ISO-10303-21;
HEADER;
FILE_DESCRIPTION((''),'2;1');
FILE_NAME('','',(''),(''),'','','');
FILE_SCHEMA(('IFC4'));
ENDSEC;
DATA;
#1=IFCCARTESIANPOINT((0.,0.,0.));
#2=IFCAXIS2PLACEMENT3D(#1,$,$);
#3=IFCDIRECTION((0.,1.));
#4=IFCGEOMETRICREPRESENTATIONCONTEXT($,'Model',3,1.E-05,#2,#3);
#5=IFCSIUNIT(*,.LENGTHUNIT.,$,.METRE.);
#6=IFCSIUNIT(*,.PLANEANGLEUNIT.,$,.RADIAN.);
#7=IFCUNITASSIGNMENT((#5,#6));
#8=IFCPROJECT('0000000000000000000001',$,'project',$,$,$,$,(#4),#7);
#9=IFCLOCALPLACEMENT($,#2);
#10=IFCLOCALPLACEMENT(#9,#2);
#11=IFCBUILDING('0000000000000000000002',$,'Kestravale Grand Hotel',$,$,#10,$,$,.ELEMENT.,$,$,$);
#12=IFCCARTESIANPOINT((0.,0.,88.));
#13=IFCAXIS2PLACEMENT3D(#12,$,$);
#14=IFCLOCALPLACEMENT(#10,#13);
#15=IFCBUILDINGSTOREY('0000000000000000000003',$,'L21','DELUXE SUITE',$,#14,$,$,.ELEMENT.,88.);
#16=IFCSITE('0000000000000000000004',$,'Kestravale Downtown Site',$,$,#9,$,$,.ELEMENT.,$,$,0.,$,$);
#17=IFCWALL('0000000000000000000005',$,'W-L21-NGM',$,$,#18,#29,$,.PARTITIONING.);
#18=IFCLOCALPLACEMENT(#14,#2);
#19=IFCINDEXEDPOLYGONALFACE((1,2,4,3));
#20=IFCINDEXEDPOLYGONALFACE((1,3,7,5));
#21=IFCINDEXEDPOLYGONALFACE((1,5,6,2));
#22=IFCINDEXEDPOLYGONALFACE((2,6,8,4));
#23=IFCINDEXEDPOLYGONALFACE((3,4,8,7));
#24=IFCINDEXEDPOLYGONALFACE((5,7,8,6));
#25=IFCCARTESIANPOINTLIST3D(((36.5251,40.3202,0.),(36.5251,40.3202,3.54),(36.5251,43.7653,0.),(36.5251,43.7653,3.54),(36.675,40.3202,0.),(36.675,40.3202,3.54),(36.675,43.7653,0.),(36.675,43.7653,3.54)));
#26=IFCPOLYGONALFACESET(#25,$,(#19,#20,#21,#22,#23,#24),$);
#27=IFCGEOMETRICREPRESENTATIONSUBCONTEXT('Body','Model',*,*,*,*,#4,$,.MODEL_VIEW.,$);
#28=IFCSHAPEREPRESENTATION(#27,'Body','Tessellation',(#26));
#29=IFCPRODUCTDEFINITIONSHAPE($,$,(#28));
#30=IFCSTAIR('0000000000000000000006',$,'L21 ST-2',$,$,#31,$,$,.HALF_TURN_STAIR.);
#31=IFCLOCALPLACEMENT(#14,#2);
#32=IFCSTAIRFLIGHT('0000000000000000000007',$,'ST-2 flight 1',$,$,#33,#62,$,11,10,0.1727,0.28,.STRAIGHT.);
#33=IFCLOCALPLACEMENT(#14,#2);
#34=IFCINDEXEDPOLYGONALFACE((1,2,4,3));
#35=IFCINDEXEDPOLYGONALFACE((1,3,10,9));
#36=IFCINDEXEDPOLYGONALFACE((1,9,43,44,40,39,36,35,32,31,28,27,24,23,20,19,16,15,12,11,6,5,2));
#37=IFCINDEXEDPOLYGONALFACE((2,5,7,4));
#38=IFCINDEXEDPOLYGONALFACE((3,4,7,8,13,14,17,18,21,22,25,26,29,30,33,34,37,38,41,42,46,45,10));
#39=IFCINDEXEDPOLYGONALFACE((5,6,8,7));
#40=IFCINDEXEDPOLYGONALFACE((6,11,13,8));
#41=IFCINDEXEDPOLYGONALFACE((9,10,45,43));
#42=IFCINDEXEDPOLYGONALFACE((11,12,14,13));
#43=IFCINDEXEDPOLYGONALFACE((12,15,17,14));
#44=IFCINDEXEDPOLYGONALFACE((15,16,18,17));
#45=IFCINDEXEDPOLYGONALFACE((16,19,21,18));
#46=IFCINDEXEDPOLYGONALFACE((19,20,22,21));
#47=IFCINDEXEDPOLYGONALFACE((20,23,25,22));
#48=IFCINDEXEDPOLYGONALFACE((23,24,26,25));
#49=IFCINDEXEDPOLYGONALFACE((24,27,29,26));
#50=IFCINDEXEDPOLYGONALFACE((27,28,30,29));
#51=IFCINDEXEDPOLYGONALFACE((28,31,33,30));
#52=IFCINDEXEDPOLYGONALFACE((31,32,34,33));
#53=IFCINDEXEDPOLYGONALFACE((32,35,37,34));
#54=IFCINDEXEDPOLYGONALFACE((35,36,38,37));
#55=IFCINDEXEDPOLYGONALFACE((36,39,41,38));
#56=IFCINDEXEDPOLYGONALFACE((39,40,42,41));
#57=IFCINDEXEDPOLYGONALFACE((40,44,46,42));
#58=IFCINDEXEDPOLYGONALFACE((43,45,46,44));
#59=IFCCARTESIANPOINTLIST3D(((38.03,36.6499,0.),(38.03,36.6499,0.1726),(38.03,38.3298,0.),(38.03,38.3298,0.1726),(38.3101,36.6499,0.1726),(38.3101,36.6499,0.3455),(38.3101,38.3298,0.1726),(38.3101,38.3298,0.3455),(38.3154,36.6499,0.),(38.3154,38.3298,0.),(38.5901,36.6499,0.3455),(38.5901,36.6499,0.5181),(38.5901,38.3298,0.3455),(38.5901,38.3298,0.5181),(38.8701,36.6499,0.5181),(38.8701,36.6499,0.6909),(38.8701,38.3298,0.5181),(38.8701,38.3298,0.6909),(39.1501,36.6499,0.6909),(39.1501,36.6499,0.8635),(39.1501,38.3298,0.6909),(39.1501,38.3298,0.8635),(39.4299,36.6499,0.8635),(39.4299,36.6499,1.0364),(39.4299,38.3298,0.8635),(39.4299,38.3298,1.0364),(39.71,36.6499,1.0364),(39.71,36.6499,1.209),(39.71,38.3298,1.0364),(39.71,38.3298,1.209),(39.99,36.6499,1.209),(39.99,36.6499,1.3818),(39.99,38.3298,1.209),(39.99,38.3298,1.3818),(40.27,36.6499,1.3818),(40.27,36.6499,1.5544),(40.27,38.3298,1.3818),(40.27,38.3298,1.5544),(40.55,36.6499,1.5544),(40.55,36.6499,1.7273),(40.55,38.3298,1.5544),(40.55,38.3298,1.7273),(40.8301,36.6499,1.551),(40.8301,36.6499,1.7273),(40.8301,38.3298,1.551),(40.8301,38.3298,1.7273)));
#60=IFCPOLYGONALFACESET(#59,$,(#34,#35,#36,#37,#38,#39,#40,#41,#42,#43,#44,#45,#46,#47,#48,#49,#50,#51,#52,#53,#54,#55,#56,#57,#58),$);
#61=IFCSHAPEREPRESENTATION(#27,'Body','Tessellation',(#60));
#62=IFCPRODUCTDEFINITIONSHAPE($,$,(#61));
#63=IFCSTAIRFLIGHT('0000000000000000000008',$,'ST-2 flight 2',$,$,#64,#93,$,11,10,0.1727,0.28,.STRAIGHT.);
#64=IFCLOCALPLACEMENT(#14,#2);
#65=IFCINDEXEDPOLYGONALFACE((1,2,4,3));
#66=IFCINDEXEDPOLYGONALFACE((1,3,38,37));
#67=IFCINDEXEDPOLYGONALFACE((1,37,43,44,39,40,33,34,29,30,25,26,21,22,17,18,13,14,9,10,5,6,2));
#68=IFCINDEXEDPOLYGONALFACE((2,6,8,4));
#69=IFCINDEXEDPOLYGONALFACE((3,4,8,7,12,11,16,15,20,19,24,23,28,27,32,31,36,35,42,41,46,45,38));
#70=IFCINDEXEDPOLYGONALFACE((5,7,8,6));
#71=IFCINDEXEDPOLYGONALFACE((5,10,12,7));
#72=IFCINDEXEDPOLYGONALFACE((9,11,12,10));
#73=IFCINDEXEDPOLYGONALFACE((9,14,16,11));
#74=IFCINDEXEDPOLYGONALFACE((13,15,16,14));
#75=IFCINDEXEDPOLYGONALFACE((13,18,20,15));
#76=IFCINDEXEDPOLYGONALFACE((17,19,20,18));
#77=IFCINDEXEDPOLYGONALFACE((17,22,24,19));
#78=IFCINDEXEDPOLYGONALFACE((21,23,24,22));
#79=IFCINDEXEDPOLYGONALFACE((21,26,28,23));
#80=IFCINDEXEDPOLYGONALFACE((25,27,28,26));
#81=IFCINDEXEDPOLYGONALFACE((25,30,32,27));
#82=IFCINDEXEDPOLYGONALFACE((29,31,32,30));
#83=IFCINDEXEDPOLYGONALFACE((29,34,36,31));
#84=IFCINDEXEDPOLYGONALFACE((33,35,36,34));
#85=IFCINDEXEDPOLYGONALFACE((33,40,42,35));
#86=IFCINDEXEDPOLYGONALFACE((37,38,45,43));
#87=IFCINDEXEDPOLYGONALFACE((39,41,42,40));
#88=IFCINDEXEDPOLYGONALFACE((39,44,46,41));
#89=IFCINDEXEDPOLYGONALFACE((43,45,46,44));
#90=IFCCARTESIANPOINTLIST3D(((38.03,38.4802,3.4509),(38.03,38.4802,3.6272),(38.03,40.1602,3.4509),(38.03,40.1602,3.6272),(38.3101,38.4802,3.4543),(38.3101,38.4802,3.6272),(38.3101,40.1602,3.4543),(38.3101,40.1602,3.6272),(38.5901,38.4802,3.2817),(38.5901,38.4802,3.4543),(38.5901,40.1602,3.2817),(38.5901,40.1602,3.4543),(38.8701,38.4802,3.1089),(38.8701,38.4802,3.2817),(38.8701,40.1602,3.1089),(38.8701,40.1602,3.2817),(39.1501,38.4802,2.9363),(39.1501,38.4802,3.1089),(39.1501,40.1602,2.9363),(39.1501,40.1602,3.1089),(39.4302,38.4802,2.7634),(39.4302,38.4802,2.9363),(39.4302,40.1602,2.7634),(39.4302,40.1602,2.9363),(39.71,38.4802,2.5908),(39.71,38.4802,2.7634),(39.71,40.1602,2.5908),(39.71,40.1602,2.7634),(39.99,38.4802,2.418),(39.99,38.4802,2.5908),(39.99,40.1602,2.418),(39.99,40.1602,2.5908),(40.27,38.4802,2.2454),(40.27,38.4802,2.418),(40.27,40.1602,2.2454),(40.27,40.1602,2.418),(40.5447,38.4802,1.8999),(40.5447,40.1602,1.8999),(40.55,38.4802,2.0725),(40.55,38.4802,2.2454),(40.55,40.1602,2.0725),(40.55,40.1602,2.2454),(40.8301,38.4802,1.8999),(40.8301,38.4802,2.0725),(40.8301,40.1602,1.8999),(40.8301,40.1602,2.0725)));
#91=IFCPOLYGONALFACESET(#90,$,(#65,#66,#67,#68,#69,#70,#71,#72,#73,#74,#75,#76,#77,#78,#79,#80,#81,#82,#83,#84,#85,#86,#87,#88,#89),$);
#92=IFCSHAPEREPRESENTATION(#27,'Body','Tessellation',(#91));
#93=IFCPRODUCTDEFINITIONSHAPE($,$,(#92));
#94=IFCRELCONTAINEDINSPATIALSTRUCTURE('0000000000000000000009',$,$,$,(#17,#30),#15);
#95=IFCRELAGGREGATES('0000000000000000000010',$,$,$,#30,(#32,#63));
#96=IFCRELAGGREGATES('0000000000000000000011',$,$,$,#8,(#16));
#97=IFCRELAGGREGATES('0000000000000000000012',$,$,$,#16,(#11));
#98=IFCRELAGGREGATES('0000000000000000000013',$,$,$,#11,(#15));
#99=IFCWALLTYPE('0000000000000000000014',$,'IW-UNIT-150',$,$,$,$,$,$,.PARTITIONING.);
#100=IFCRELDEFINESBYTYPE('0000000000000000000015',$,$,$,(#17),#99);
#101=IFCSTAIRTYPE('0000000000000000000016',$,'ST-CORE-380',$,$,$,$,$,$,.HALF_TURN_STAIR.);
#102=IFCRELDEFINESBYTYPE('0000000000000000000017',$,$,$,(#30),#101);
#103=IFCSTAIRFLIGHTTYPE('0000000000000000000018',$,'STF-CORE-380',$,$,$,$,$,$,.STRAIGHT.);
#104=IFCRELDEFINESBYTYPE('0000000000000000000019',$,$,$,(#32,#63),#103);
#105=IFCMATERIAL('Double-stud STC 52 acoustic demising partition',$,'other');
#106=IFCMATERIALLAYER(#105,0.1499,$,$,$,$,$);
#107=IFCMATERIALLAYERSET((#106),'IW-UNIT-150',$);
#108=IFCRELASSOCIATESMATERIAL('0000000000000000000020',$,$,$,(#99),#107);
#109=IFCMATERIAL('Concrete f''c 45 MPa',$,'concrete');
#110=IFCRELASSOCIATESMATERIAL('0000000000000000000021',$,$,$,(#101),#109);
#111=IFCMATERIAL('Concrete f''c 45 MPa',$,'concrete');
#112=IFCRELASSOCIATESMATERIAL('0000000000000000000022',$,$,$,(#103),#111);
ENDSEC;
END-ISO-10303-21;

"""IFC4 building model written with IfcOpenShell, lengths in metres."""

from ifc_helpers import new_model, si_unit, direction, frame, frame_2d, origin, place, context, subcontext, project, spatial, polyline, rectangle, outline, extrude, material, layer, layer_set, type_object, element, aggregate, save


model = new_model("IFC4")

# Units and contexts
model_context = context("Model", 3, precision=1e-05, world=origin(), true_north=direction((0.0, 1.0)))
body_context = subcontext(model_context, "Body", "Model", "MODEL_VIEW")
ifc_project = project(units=[si_unit("LENGTHUNIT", "METRE"), si_unit("PLANEANGLEUNIT", "RADIAN")], contexts=[model_context])

# Site, building, storey
site_placement = place(None, origin())
site = spatial("IfcSite", under=ifc_project, at=site_placement, Name="Kestravale Downtown Site", CompositionType="ELEMENT", RefElevation=0.0)
building_placement = place(site_placement, origin())
building = spatial("IfcBuilding", under=site, at=building_placement, Name="Kestravale Grand Hotel", CompositionType="ELEMENT")
storey_placement = place(building_placement, frame((0.0, 0.0, 88.0)))
storey = spatial("IfcBuildingStorey", under=building, at=storey_placement, Name="L21", Description="DELUXE SUITE", CompositionType="ELEMENT", Elevation=88.0)

# Wall
ifc_material_1 = material(Name="Double-stud STC 52 acoustic demising partition", Category="other")
ifc_layer_1 = layer(ifc_material_1, 0.1499)
ifc_layer_set_1 = layer_set([ifc_layer_1], Name="IW-UNIT-150")
wall_type_1 = type_object("IfcWallType", Name="IW-UNIT-150", PredefinedType="PARTITIONING", material=ifc_layer_set_1)
wall_1_placement = place(storey_placement, frame((36.6001, 40.3201, 0.0), z_axis=(0.0, 0.0, 1.0), x_axis=(0.0, 1.0, 0.0)))
element("IfcWall", 1, at=wall_1_placement, inside=storey, type_object=wall_type_1, Name="W-L21-NGM", PredefinedType="PARTITIONING", context=body_context, shape_type="SweptSolid", body=[
    extrude(rectangle(XDim=3.4451, YDim=0.1499, at=frame_2d((1.7227, 0.0))), origin(), (0.0, 0.0, 1.0), 3.54),
])

# Stair, stair flights
ifc_material_2 = material(Name="Concrete f'c 45 MPa", Category="concrete")
stair_type = type_object("IfcStairType", Name="ST-CORE-380", PredefinedType="HALF_TURN_STAIR", material=ifc_material_2)
stair_placement = place(storey_placement, origin())
stair = element("IfcStair", 2, at=stair_placement, inside=storey, type_object=stair_type, Name="L21 ST-2", PredefinedType="HALF_TURN_STAIR")
ifc_material_3 = material(Name="Concrete f'c 45 MPa", Category="concrete")
stair_flight_type = type_object("IfcStairFlightType", Name="STF-CORE-380", PredefinedType="STRAIGHT", material=ifc_material_3)
stair_flight_1_placement = place(storey_placement, frame((38.03, 37.49, 0.0), z_axis=(0.0, 0.0, 1.0), x_axis=(1.0, 0.0, 0.0)))
stair_flight_1 = element("IfcStairFlight", 3, at=stair_flight_1_placement, type_object=stair_flight_type, Name="ST-2 flight 1", NumberOfRisers=11, NumberOfTreads=10, PredefinedType="STRAIGHT", RiserHeight=0.1727, TreadLength=0.28, context=body_context, shape_type="SweptSolid", body=[
    extrude(outline(polyline([(0.0, 0.0), (0.0, 0.1726), (0.28, 0.1726), (0.28, 0.3455), (0.5601, 0.3455), (0.5601, 0.5181), (0.8401, 0.5181), (0.8401, 0.6909), (1.1201, 0.6909), (1.1201, 0.8635), (1.3999, 0.8635), (1.3999, 1.0364), (1.6799, 1.0364), (1.6799, 1.209), (1.96, 1.209), (1.96, 1.3818), (2.24, 1.3818), (2.24, 1.5544), (2.52, 1.5544), (2.52, 1.7273), (2.8, 1.7273), (2.8, 1.8999), (2.8, 1.551), (0.2854, 0.0), (0.0, 0.0)])), frame((0.0, 0.8398, 0.0), z_axis=(0.0, -1.0, 0.0), x_axis=(1.0, 0.0, 0.0)), (0.0, 0.0, 1.0), 1.6799),
])
stair_flight_2_placement = place(storey_placement, frame((40.8301, 39.3201, 1.8999), z_axis=(0.0, 0.0, 1.0), x_axis=(-1.0, 0.0, 0.0)))
stair_flight_2 = element("IfcStairFlight", 4, at=stair_flight_2_placement, type_object=stair_flight_type, Name="ST-2 flight 2", NumberOfRisers=11, NumberOfTreads=10, PredefinedType="STRAIGHT", RiserHeight=0.1727, TreadLength=0.28, context=body_context, shape_type="SweptSolid", body=[
    extrude(outline(polyline([(0.0, 0.0), (0.0, 0.1726), (0.28, 0.1726), (0.28, 0.3455), (0.5601, 0.3455), (0.5601, 0.5181), (0.8401, 0.5181), (0.8401, 0.6909), (1.1201, 0.6909), (1.1201, 0.8635), (1.3999, 0.8635), (1.3999, 1.0364), (1.6799, 1.0364), (1.6799, 1.209), (1.96, 1.209), (1.96, 1.3818), (2.24, 1.3818), (2.24, 1.5544), (2.52, 1.5544), (2.52, 1.7273), (2.8, 1.7273), (2.8, 1.8999), (2.8, 1.551), (0.2854, 0.0), (0.0, 0.0)])), frame((0.0, 0.8398, 0.0), z_axis=(0.0, -1.0, 0.0), x_axis=(1.0, 0.0, 0.0)), (0.0, 0.0, 1.0), 1.6799),
])
aggregate(stair, [stair_flight_1, stair_flight_2])

save(model, "model.ifc")
